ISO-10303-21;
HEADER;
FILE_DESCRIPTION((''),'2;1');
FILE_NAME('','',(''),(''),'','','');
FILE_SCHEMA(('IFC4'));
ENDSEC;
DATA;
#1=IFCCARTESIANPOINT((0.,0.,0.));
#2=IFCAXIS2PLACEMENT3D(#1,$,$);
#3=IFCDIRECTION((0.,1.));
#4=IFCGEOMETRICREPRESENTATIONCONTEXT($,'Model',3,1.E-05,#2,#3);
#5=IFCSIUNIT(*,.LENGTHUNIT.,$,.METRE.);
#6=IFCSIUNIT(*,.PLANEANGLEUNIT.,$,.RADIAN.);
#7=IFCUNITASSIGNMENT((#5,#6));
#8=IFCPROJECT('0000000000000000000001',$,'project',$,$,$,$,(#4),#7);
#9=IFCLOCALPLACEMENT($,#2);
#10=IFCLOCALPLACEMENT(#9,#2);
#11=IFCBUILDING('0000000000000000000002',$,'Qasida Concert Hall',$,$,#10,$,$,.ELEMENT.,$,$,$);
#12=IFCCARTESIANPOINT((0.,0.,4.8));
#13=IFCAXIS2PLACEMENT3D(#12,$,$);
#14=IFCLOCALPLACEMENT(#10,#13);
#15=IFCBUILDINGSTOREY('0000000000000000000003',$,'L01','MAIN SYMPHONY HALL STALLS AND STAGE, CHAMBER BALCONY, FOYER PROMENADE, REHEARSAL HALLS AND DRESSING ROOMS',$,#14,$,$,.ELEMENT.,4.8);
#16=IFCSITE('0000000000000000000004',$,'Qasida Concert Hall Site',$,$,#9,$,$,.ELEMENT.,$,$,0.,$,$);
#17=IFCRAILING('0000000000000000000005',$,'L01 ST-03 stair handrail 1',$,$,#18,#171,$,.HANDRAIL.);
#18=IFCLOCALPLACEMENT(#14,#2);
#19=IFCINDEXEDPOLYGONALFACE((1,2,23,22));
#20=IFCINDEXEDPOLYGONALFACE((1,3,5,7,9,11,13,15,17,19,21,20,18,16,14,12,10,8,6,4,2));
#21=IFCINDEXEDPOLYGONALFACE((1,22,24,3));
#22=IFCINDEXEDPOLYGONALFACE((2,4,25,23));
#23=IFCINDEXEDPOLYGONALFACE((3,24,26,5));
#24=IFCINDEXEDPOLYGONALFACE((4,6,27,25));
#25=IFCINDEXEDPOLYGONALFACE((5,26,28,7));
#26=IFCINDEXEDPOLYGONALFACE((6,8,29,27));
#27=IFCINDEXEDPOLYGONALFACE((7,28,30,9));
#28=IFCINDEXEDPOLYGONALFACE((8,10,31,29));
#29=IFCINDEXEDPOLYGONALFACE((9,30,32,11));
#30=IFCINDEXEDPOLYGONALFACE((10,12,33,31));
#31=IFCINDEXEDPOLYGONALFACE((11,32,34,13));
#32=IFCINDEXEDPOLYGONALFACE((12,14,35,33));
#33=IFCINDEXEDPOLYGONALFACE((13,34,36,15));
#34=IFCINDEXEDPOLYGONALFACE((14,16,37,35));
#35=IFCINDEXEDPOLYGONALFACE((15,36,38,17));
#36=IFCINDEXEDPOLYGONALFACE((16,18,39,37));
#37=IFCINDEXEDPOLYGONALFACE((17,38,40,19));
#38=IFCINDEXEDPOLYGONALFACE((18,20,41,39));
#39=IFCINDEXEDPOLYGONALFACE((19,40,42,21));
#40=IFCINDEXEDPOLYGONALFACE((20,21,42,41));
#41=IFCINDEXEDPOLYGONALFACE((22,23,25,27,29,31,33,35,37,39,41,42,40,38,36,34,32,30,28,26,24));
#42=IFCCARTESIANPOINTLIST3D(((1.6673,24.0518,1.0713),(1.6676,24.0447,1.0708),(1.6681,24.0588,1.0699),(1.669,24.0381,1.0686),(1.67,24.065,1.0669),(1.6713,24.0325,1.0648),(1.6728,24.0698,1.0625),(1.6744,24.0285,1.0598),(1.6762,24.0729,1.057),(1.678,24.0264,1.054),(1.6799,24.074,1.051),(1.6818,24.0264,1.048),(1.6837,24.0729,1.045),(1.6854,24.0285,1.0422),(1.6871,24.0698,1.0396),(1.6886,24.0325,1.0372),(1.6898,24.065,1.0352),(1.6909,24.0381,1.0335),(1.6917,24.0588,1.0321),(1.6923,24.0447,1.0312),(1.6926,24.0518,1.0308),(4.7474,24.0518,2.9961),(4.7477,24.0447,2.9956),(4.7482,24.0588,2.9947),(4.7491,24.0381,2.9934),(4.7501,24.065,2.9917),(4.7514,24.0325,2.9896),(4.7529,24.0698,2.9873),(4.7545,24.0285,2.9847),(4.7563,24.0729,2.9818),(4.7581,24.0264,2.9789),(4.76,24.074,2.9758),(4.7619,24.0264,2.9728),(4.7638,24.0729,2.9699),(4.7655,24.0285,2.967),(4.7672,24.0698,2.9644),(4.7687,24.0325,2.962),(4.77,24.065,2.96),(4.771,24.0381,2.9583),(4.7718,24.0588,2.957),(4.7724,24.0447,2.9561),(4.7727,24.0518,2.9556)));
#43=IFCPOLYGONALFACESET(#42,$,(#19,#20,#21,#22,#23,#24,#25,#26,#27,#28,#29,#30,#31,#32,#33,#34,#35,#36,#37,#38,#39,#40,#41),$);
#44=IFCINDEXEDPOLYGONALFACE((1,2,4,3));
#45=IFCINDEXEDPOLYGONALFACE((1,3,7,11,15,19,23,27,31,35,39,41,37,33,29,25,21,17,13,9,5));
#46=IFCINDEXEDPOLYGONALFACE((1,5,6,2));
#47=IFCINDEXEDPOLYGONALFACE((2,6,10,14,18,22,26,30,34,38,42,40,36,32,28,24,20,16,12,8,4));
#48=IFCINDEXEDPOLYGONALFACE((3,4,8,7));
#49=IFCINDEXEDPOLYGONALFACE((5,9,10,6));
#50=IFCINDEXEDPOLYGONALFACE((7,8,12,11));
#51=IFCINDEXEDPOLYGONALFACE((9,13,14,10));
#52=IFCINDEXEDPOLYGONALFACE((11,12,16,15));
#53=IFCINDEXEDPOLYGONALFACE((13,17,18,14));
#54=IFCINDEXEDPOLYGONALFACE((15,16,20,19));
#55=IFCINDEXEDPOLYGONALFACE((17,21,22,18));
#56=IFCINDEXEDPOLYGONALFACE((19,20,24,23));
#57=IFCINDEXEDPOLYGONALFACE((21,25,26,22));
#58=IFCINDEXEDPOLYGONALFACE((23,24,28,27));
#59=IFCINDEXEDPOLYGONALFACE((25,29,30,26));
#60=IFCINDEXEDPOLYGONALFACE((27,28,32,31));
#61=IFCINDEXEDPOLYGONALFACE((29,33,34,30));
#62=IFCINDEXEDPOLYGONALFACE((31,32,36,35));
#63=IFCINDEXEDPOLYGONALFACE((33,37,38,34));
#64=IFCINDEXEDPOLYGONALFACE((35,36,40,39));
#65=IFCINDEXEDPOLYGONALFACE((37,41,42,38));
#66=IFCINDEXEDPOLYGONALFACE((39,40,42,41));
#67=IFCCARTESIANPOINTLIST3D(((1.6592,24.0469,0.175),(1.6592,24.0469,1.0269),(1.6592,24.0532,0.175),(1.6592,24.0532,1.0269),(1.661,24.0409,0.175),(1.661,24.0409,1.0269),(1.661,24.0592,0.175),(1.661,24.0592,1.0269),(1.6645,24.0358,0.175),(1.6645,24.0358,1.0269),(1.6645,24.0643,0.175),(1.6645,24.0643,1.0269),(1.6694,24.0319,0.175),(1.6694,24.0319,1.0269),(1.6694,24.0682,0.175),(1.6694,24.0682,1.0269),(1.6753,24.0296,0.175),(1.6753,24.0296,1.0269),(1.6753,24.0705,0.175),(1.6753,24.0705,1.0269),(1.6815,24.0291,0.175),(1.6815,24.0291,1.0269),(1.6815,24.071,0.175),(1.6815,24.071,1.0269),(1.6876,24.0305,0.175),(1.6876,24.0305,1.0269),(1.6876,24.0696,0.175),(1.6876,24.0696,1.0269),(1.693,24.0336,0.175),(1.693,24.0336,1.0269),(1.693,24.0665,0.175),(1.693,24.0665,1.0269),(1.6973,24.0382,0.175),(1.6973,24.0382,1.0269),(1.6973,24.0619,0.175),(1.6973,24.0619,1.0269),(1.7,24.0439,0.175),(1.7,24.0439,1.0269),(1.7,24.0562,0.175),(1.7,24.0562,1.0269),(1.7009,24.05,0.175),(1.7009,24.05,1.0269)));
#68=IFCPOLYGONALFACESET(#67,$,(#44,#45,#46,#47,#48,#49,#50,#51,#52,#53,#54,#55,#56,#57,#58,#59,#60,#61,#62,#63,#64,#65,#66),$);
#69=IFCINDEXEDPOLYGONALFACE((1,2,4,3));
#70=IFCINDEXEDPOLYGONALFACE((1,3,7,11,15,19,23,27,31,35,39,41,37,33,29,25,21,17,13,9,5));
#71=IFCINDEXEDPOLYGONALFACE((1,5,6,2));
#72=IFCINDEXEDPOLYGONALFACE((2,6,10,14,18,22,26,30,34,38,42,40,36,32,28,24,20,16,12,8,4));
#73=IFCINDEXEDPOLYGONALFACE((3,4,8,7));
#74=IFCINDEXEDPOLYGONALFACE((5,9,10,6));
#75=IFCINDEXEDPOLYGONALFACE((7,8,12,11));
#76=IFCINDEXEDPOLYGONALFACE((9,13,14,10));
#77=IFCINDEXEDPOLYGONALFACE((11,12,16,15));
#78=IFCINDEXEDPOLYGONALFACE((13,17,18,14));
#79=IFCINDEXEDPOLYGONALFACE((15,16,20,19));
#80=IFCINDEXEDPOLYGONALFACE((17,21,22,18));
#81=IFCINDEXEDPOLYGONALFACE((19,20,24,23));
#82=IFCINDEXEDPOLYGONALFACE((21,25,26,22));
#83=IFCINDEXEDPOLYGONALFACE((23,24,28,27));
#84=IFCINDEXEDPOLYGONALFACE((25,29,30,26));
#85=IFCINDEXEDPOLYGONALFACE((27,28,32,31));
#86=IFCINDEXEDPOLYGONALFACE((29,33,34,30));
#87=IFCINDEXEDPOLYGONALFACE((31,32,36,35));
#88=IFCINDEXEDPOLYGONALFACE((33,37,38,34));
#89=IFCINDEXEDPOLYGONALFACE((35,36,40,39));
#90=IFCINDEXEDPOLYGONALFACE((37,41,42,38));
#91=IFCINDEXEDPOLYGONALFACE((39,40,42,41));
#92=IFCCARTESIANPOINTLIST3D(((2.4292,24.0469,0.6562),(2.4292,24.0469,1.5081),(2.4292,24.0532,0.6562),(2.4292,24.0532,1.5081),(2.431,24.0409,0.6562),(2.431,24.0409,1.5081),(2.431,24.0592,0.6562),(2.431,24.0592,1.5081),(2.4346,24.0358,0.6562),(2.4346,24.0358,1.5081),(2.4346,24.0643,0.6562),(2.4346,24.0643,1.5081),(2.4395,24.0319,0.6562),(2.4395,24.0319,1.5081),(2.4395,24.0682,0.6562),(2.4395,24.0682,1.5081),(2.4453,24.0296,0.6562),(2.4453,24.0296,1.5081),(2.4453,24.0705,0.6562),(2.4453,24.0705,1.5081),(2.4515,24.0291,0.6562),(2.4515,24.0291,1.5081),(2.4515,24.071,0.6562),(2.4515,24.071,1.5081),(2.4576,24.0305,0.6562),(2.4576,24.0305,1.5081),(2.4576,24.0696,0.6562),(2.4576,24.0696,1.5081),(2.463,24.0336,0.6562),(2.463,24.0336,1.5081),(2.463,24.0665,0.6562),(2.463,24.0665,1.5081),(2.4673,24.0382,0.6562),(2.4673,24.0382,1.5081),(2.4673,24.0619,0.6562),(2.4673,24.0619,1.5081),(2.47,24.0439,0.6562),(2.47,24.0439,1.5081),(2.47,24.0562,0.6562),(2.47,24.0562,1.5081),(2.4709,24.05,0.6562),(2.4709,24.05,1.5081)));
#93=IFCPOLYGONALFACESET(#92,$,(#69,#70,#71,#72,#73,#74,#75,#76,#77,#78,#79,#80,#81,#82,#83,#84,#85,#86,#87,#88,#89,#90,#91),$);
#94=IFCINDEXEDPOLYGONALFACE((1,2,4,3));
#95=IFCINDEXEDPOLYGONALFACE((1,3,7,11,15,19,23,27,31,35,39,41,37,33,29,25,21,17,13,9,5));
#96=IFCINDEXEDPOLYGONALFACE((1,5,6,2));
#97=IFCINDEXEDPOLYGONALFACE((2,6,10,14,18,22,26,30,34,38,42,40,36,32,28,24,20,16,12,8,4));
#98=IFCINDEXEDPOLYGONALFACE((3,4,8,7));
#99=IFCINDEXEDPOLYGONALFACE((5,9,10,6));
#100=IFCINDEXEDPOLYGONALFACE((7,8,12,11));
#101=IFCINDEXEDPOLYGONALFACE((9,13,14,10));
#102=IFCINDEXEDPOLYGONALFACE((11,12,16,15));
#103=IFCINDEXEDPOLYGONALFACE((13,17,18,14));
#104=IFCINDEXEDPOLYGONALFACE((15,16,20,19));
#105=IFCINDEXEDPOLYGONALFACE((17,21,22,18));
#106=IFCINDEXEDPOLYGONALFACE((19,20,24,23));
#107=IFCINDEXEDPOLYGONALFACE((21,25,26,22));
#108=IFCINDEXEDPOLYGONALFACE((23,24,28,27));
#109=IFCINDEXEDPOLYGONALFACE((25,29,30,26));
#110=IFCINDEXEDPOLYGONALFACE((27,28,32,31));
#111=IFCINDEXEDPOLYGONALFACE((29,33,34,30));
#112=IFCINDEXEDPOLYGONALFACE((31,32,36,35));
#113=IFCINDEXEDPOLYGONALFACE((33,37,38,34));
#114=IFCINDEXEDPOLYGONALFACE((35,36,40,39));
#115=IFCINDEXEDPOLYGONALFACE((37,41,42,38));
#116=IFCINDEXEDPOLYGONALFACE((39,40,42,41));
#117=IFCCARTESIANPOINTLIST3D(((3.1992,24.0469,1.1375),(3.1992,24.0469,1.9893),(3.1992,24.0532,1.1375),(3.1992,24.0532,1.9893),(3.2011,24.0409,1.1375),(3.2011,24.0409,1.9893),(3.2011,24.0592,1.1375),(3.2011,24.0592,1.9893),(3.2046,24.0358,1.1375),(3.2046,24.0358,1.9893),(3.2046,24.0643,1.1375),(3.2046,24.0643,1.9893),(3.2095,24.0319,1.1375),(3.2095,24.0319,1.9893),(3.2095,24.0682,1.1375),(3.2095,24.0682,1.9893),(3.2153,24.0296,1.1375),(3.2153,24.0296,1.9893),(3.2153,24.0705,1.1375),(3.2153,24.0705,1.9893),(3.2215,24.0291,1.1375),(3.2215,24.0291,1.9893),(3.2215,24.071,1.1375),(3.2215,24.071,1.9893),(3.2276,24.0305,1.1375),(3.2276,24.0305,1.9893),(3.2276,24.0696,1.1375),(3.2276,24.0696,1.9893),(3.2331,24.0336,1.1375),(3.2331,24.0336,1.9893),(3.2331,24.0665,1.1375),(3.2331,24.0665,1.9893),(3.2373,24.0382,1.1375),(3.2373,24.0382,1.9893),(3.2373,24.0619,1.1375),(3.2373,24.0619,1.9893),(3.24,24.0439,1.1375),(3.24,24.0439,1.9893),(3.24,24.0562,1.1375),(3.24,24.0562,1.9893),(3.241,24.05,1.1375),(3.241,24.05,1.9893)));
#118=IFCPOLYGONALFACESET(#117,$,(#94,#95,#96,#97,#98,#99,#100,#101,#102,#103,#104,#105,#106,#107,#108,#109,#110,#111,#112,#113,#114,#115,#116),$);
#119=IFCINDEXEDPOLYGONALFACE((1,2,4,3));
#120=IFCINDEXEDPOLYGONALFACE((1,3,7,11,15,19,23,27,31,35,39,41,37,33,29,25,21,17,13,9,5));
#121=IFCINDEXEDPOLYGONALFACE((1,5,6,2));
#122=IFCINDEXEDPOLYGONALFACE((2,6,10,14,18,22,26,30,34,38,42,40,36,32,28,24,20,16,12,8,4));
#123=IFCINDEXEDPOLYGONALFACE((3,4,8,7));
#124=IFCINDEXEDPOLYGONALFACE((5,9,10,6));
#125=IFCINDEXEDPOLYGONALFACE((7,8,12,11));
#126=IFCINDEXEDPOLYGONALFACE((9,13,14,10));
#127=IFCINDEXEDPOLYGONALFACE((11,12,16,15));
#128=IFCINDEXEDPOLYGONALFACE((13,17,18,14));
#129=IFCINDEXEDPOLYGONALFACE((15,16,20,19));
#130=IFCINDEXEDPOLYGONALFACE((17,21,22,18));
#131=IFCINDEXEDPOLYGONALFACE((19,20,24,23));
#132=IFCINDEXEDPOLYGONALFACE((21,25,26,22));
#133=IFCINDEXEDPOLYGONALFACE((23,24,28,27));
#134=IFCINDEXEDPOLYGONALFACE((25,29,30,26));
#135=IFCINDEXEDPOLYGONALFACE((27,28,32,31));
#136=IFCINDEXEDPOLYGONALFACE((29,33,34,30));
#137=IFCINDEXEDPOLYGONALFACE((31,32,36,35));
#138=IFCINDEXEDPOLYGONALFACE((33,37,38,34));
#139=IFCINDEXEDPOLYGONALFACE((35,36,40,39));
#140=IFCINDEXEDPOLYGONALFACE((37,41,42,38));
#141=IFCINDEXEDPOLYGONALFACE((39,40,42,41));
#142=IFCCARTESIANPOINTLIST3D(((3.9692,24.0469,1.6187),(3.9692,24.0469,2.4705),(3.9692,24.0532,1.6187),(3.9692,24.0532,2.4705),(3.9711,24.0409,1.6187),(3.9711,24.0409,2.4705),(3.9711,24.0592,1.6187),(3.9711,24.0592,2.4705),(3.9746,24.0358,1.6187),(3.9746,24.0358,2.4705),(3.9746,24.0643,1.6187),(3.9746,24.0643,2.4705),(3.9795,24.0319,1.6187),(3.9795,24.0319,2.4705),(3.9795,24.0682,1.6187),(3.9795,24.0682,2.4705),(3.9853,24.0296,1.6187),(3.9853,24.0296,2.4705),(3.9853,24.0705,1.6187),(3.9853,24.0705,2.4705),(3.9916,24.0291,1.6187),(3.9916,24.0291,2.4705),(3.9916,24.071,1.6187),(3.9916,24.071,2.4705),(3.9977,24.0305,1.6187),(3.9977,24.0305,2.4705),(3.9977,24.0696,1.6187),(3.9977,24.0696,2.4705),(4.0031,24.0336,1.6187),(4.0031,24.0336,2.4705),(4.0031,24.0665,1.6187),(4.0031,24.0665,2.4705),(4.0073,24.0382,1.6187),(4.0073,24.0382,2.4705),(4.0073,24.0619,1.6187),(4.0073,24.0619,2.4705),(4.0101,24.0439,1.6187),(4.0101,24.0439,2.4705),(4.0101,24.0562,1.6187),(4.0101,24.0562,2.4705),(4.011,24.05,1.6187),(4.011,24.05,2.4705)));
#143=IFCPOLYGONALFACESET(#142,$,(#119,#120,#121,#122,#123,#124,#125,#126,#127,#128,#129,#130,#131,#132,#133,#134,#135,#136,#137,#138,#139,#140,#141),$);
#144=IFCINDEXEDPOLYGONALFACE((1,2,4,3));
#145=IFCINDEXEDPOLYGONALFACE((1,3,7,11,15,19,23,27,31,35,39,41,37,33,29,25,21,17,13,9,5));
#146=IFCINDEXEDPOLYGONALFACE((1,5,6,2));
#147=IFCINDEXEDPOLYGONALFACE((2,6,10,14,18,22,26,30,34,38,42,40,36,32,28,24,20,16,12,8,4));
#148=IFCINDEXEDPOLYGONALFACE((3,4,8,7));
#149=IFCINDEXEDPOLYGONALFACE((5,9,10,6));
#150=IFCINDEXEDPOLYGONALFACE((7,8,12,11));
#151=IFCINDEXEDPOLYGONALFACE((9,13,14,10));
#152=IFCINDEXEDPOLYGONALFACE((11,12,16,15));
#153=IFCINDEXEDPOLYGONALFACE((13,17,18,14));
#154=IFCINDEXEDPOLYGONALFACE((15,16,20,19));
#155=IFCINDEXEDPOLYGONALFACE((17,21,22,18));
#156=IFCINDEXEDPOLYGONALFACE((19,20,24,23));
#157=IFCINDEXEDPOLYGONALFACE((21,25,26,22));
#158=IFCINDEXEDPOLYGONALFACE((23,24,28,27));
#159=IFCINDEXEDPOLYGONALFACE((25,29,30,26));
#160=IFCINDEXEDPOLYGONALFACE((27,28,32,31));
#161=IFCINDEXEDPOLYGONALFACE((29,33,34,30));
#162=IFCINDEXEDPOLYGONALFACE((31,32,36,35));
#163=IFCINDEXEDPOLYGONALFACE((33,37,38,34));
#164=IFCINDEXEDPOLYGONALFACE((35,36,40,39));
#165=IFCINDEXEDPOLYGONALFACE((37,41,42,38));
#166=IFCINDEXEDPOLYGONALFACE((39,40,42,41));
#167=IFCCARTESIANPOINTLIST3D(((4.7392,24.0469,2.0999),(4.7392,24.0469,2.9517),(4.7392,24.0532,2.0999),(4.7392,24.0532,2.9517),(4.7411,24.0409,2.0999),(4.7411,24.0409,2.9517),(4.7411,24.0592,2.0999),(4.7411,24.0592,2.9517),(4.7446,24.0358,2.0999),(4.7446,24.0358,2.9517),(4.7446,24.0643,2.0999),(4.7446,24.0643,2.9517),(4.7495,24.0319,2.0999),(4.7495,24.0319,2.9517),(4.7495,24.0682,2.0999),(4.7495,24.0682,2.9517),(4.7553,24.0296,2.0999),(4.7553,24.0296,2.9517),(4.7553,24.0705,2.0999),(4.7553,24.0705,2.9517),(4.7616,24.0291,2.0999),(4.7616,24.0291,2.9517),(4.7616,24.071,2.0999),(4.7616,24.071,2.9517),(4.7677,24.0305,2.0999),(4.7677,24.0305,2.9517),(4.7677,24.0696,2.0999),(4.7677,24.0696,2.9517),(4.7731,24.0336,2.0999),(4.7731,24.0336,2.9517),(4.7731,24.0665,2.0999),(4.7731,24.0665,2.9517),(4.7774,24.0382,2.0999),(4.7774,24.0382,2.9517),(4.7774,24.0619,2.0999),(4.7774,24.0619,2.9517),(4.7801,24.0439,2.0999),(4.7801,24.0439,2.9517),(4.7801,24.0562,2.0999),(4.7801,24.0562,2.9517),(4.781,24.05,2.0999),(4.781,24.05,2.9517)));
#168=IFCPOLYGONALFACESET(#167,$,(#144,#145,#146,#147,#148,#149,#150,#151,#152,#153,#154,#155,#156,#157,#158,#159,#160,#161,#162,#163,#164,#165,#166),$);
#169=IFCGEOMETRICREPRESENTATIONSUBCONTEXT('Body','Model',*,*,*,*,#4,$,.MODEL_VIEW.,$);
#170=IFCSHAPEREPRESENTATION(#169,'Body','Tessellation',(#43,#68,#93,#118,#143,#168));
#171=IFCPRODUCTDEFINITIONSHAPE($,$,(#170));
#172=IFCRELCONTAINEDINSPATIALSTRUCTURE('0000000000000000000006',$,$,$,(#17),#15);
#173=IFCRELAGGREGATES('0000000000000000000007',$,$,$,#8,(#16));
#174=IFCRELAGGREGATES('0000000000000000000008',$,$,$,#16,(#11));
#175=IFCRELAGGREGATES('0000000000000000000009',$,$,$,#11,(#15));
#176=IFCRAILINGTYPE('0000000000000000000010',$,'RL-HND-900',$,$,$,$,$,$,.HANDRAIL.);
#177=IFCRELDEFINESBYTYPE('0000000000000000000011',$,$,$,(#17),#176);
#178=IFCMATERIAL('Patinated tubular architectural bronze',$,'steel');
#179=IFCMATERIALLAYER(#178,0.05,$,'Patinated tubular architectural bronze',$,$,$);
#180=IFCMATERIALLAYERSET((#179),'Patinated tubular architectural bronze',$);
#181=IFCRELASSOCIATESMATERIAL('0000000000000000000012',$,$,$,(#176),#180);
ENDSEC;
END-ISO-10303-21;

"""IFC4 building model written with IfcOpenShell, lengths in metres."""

from ifc_helpers import new_model, si_unit, direction, frame, origin, origin_2d, place, context, subcontext, project, spatial, circle, extrude, material, layer, layer_set, type_object, element, save


model = new_model("IFC4")

# Units and contexts
model_context = context("Model", 3, precision=1e-05, world=origin(), true_north=direction((0.0, 1.0)))
body_context = subcontext(model_context, "Body", "Model", "MODEL_VIEW")
ifc_project = project(units=[si_unit("LENGTHUNIT", "METRE"), si_unit("PLANEANGLEUNIT", "RADIAN")], contexts=[model_context])

# Site, building, storey
site_placement = place(None, origin())
site = spatial("IfcSite", under=ifc_project, at=site_placement, Name="Qasida Concert Hall Site", CompositionType="ELEMENT", RefElevation=0.0)
building_placement = place(site_placement, origin())
building = spatial("IfcBuilding", under=site, at=building_placement, Name="Qasida Concert Hall", CompositionType="ELEMENT")
storey_placement = place(building_placement, frame((0.0, 0.0, 4.8)))
storey = spatial("IfcBuildingStorey", under=building, at=storey_placement, Name="L01", Description="MAIN SYMPHONY HALL STALLS AND STAGE, CHAMBER BALCONY, FOYER PROMENADE, REHEARSAL HALLS AND DRESSING ROOMS", CompositionType="ELEMENT", Elevation=4.8)

# Railing
ifc_material_1 = material(Name="Patinated tubular architectural bronze", Category="steel")
ifc_layer_1 = layer(ifc_material_1, 0.05, Name="Patinated tubular architectural bronze")
ifc_layer_set_1 = layer_set([ifc_layer_1], Name="Patinated tubular architectural bronze")
railing_type_1 = type_object("IfcRailingType", Name="RL-HND-900", PredefinedType="HANDRAIL", material=ifc_layer_set_1)
railing_1_placement = place(storey_placement, frame((1.6799, 24.05, 0.175)))
element("IfcRailing", 1, at=railing_1_placement, inside=storey, type_object=railing_type_1, Name="L01 ST-03 stair handrail 1", PredefinedType="HANDRAIL", context=body_context, shape_type="SweptSolid", body=[
    extrude(circle(Radius=0.0239, at=origin_2d()), frame((0.0, 0.0, 0.876), z_axis=(0.848029, 0.0, 0.529951), x_axis=(0.0, 1.0, 0.0)), (0.0, 0.0, 1.0), 3.6321),
    extrude(circle(Radius=0.021, at=origin_2d()), origin(), (0.0, 0.0, 1.0), 0.8518),
    extrude(circle(Radius=0.021, at=origin_2d()), frame((0.77, 0.0, 0.4812)), (0.0, 0.0, 1.0), 0.8518),
    extrude(circle(Radius=0.021, at=origin_2d()), frame((1.54, 0.0, 0.9624)), (0.0, 0.0, 1.0), 0.8518),
    extrude(circle(Radius=0.021, at=origin_2d()), frame((2.3101, 0.0, 1.4436)), (0.0, 0.0, 1.0), 0.8518),
    extrude(circle(Radius=0.021, at=origin_2d()), frame((3.0801, 0.0, 1.9248)), (0.0, 0.0, 1.0), 0.8518),
])

save(model, "model.ifc")
